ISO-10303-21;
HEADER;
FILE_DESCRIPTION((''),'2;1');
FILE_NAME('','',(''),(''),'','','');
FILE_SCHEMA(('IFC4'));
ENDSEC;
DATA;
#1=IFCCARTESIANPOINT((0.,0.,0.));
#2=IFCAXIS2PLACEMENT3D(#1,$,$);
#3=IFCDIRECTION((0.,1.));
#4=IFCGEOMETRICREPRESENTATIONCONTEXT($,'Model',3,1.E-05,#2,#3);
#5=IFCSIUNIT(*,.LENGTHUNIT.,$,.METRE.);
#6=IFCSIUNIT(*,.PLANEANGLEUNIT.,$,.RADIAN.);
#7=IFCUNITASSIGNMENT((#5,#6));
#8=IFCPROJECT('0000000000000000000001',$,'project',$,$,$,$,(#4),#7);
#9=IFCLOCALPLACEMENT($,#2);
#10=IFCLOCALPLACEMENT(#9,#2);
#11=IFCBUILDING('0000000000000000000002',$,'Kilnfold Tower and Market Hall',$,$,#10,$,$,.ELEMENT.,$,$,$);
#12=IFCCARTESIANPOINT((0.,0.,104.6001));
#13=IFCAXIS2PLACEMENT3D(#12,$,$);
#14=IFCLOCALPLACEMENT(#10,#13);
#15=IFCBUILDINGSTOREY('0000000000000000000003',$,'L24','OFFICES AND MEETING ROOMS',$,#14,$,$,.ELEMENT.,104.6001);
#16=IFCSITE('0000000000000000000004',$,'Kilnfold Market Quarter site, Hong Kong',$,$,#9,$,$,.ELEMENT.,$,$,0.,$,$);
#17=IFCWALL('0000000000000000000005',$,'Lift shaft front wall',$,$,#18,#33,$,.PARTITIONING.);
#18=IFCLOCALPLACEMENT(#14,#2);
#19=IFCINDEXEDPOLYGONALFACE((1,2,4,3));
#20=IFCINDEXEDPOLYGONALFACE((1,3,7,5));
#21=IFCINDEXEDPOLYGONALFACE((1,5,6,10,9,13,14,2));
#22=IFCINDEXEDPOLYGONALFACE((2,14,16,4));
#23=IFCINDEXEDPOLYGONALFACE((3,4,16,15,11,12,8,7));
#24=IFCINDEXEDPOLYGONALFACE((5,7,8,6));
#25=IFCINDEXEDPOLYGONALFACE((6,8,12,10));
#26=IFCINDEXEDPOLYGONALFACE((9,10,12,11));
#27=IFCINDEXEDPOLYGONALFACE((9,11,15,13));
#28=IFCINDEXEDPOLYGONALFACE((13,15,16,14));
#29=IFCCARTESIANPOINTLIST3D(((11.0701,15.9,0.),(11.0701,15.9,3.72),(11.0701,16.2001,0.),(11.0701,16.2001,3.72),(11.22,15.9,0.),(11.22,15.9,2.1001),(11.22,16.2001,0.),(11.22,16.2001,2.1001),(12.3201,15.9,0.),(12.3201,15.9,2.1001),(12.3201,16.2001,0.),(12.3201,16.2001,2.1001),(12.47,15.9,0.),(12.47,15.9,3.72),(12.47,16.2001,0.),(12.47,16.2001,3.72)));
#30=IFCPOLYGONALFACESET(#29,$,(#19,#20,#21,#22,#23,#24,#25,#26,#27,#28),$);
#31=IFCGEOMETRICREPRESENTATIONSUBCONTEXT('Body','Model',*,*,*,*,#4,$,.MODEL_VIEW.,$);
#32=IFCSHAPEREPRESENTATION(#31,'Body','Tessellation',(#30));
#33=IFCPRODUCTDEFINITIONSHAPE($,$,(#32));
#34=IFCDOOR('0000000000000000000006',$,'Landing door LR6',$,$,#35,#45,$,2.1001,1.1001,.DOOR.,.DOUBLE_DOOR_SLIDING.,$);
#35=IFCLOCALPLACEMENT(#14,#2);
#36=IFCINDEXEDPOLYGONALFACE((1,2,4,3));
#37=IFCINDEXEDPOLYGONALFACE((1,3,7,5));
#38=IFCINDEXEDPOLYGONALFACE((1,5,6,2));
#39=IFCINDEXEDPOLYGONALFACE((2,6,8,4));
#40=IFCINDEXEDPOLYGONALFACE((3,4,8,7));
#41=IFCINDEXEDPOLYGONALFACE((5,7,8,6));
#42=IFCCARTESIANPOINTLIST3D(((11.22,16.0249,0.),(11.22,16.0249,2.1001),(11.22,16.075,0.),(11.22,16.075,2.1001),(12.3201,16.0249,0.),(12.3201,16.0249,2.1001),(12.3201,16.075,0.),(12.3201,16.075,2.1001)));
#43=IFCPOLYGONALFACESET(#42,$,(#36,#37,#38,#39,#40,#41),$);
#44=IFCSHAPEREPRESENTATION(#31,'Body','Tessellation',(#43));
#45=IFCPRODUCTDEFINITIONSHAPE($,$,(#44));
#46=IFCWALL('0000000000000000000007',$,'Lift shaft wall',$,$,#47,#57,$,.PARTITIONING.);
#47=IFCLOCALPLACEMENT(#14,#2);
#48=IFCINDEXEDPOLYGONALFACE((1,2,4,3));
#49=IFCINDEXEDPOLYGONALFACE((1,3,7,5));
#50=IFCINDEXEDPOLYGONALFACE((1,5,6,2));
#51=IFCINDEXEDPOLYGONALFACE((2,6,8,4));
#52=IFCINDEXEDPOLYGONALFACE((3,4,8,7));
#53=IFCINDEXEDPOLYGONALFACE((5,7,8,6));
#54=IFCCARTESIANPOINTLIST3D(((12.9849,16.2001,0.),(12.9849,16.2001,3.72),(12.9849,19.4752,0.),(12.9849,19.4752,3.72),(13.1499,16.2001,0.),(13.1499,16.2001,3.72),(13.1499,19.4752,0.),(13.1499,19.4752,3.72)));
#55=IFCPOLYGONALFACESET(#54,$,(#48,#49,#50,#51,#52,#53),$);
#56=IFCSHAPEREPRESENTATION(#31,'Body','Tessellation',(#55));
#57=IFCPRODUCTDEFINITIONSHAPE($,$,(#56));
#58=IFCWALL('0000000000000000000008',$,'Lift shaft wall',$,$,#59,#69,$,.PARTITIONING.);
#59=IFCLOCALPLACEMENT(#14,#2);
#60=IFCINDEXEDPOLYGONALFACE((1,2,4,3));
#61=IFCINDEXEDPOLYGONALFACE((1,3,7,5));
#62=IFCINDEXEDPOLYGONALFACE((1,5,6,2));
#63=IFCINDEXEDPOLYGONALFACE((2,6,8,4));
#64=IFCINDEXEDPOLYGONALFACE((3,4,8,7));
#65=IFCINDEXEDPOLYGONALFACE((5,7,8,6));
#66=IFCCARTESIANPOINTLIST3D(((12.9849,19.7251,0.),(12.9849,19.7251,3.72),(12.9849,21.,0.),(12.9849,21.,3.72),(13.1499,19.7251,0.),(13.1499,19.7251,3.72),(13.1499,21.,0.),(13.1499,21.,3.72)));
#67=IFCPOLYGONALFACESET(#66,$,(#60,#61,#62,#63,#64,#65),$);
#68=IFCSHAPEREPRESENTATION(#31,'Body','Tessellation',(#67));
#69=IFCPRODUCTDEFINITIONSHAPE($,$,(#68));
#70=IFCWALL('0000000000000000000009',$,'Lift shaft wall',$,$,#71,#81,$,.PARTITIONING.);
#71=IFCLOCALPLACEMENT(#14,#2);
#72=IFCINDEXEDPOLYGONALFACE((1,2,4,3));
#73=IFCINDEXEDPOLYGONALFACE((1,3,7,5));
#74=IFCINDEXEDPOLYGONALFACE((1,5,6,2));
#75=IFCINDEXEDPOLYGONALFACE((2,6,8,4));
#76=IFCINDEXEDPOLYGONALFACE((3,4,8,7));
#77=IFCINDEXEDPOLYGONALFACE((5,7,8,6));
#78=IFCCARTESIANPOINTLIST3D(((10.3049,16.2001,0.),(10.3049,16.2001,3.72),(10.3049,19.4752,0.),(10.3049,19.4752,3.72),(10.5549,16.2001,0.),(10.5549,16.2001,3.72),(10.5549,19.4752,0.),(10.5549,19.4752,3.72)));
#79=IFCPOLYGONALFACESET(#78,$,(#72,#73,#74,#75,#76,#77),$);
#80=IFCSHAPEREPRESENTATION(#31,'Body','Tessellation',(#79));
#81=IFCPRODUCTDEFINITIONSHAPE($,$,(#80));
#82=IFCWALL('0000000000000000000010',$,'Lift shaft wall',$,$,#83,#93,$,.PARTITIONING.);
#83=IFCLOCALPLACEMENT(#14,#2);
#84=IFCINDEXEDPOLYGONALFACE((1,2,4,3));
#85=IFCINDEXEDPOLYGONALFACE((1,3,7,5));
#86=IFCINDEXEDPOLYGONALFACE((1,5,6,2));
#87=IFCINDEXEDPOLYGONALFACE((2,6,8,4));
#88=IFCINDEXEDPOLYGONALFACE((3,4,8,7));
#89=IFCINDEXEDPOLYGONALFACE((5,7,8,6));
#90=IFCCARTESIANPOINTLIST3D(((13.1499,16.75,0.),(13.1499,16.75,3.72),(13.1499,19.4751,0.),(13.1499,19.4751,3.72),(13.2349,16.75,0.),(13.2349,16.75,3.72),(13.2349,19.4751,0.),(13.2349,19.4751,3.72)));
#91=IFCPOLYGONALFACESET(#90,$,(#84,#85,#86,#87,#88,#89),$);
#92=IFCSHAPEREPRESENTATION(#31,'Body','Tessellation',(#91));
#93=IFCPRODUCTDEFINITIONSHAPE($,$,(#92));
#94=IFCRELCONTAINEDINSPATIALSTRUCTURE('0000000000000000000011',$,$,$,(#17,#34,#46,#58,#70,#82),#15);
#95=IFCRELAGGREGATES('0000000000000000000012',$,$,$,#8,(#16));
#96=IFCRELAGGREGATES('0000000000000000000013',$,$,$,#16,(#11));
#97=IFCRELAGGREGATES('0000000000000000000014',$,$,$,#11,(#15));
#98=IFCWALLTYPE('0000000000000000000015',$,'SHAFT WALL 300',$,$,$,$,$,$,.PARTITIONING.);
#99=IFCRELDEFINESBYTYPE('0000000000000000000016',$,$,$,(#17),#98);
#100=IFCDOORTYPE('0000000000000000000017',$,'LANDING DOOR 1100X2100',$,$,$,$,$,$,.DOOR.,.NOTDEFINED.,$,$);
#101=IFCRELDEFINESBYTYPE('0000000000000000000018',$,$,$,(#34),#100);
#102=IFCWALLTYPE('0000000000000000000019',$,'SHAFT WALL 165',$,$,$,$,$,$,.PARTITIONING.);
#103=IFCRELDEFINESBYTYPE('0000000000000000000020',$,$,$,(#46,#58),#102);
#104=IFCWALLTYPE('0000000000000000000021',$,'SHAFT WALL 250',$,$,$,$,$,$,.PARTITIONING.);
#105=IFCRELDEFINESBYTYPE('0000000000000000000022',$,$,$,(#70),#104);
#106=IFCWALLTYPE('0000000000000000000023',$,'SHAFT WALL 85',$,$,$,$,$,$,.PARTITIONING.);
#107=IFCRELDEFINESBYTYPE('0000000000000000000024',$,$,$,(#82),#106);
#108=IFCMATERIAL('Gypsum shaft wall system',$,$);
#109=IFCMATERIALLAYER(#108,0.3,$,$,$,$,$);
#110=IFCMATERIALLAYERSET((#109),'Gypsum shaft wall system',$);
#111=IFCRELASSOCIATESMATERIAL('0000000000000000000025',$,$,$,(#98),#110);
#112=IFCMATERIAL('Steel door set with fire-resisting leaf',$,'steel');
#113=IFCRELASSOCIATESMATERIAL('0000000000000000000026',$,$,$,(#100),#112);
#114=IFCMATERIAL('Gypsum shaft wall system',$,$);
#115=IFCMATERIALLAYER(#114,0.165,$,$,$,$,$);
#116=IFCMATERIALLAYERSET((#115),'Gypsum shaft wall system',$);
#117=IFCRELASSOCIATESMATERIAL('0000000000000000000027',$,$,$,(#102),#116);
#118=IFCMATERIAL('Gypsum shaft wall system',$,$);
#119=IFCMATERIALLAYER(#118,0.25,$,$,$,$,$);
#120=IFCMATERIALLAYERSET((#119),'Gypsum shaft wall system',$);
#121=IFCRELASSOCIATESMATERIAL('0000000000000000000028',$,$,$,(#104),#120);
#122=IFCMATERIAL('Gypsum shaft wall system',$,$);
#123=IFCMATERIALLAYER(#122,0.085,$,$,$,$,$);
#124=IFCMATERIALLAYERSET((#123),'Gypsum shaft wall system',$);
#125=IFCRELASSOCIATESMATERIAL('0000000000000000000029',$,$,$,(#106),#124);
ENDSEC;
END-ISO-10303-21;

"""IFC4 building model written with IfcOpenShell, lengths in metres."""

from ifc_helpers import new_model, si_unit, direction, frame, frame_2d, origin, place, context, subcontext, project, spatial, rectangle, extrude, source, transform, mapped, material, layer, layer_set, type_object, element, fill, save


model = new_model("IFC4")

# Units and contexts
model_context = context("Model", 3, precision=1e-05, world=origin(), true_north=direction((0.0, 1.0)))
body_context = subcontext(model_context, "Body", "Model", "MODEL_VIEW")
ifc_project = project(units=[si_unit("LENGTHUNIT", "METRE"), si_unit("PLANEANGLEUNIT", "RADIAN")], contexts=[model_context])

# Site, building, storey
site_placement = place(None, origin())
site = spatial("IfcSite", under=ifc_project, at=site_placement, Name="Kilnfold Market Quarter site, Hong Kong", CompositionType="ELEMENT", RefElevation=0.0)
building_placement = place(site_placement, origin())
building = spatial("IfcBuilding", under=site, at=building_placement, Name="Kilnfold Tower and Market Hall", CompositionType="ELEMENT")
storey_placement = place(building_placement, frame((0.0, 0.0, 104.6001)))
storey = spatial("IfcBuildingStorey", under=building, at=storey_placement, Name="L24", Description="OFFICES AND MEETING ROOMS", CompositionType="ELEMENT", Elevation=104.6001)

# Wall, opening, door
ifc_material_1 = material(Name="Gypsum shaft wall system")
ifc_layer_1 = layer(ifc_material_1, 0.3)
ifc_layer_set_1 = layer_set([ifc_layer_1], Name="Gypsum shaft wall system")
wall_type_1 = type_object("IfcWallType", Name="SHAFT WALL 300", PredefinedType="PARTITIONING", material=ifc_layer_set_1)
shared_shape_1 = source(origin(), body_context, "Body", "SweptSolid", [
    extrude(rectangle(XDim=1.3999, YDim=0.3, at=frame_2d((0.7, 0.0))), origin(), (0.0, 0.0, 1.0), 3.72),
])
wall_1_placement = place(storey_placement, frame((11.0701, 16.05, 0.0), z_axis=(0.0, 0.0, 1.0), x_axis=(1.0, 0.0, 0.0)))
wall_1 = element("IfcWall", 1, at=wall_1_placement, inside=storey, type_object=wall_type_1, Name="Lift shaft front wall", PredefinedType="PARTITIONING", context=body_context, shape_type="MappedRepresentation", body=[
    mapped(shared_shape_1, transform((0.0, 0.0, 0.0))),
])
opening_1_placement = place(wall_1_placement, frame((0.1499, 0.0, 0.0)))
opening_1 = element("IfcOpeningElement", 2, at=opening_1_placement, cuts=wall_1, PredefinedType="OPENING", context=body_context, shape_type="SweptSolid", body=[
    extrude(rectangle(XDim=1.1001, YDim=2.1001, at=frame_2d((0.55, 1.05))), frame((0.0, 0.1602, 0.0), z_axis=(0.0, -1.0, 0.0), x_axis=(1.0, 0.0, 0.0)), (0.0, 0.0, 1.0), 0.3201),
])
ifc_material_2 = material(Name="Steel door set with fire-resisting leaf", Category="steel")
door_type = type_object("IfcDoorType", Name="LANDING DOOR 1100X2100", OperationType="NOTDEFINED", PredefinedType="DOOR", material=ifc_material_2)
door_placement = place(opening_1_placement, origin())
door = element("IfcDoor", 3, at=door_placement, inside=storey, type_object=door_type, Name="Landing door LR6", OperationType="DOUBLE_DOOR_SLIDING", OverallHeight=2.1001, OverallWidth=1.1001, PredefinedType="DOOR", context=body_context, shape_type="SweptSolid", body=[
    extrude(rectangle(XDim=1.1001, YDim=2.1001, at=frame_2d((0.55, 1.05))), frame((0.0, 0.0249, 0.0), z_axis=(0.0, -1.0, 0.0), x_axis=(1.0, 0.0, 0.0)), (0.0, 0.0, 1.0), 0.05),
])
fill(opening_1, door)

# Walls
ifc_material_3 = material(Name="Gypsum shaft wall system")
ifc_layer_2 = layer(ifc_material_3, 0.165)
ifc_layer_set_2 = layer_set([ifc_layer_2], Name="Gypsum shaft wall system")
wall_type_2 = type_object("IfcWallType", Name="SHAFT WALL 165", PredefinedType="PARTITIONING", material=ifc_layer_set_2)
shared_shape_2 = source(origin(), body_context, "Body", "SweptSolid", [
    extrude(rectangle(XDim=3.2751, YDim=0.165, at=frame_2d((1.6377, 0.0))), origin(), (0.0, 0.0, 1.0), 3.72),
])
wall_2_placement = place(storey_placement, frame((13.0674, 16.2, 0.0), z_axis=(0.0, 0.0, 1.0), x_axis=(0.0, 1.0, 0.0)))
element("IfcWall", 4, at=wall_2_placement, inside=storey, type_object=wall_type_2, Name="Lift shaft wall", PredefinedType="PARTITIONING", context=body_context, shape_type="MappedRepresentation", body=[
    mapped(shared_shape_2, transform((0.0, 0.0, 0.0))),
])
shared_shape_3 = source(origin(), body_context, "Body", "SweptSolid", [
    extrude(rectangle(XDim=1.2749, YDim=0.165, at=frame_2d((0.6375, 0.0))), origin(), (0.0, 0.0, 1.0), 3.72),
])
wall_3_placement = place(storey_placement, frame((13.0674, 19.7251, 0.0), z_axis=(0.0, 0.0, 1.0), x_axis=(0.0, 1.0, 0.0)))
element("IfcWall", 5, at=wall_3_placement, inside=storey, type_object=wall_type_2, Name="Lift shaft wall", PredefinedType="PARTITIONING", context=body_context, shape_type="MappedRepresentation", body=[
    mapped(shared_shape_3, transform((0.0, 0.0, 0.0))),
])
ifc_material_4 = material(Name="Gypsum shaft wall system")
ifc_layer_3 = layer(ifc_material_4, 0.25)
ifc_layer_set_3 = layer_set([ifc_layer_3], Name="Gypsum shaft wall system")
wall_type_3 = type_object("IfcWallType", Name="SHAFT WALL 250", PredefinedType="PARTITIONING", material=ifc_layer_set_3)
shared_shape_4 = source(origin(), body_context, "Body", "SweptSolid", [
    extrude(rectangle(XDim=3.2751, YDim=0.25, at=frame_2d((1.6377, 0.0))), origin(), (0.0, 0.0, 1.0), 3.72),
])
wall_4_placement = place(storey_placement, frame((10.4299, 16.2, 0.0), z_axis=(0.0, 0.0, 1.0), x_axis=(0.0, 1.0, 0.0)))
element("IfcWall", 6, at=wall_4_placement, inside=storey, type_object=wall_type_3, Name="Lift shaft wall", PredefinedType="PARTITIONING", context=body_context, shape_type="MappedRepresentation", body=[
    mapped(shared_shape_4, transform((0.0, 0.0, 0.0))),
])
ifc_material_5 = material(Name="Gypsum shaft wall system")
ifc_layer_4 = layer(ifc_material_5, 0.085)
ifc_layer_set_4 = layer_set([ifc_layer_4], Name="Gypsum shaft wall system")
wall_type_4 = type_object("IfcWallType", Name="SHAFT WALL 85", PredefinedType="PARTITIONING", material=ifc_layer_set_4)
shared_shape_5 = source(origin(), body_context, "Body", "SweptSolid", [
    extrude(rectangle(XDim=2.7251, YDim=0.085, at=frame_2d((1.3625, 0.0))), origin(), (0.0, 0.0, 1.0), 3.72),
])
wall_5_placement = place(storey_placement, frame((13.1924, 16.75, 0.0), z_axis=(0.0, 0.0, 1.0), x_axis=(0.0, 1.0, 0.0)))
element("IfcWall", 7, at=wall_5_placement, inside=storey, type_object=wall_type_4, Name="Lift shaft wall", PredefinedType="PARTITIONING", context=body_context, shape_type="MappedRepresentation", body=[
    mapped(shared_shape_5, transform((0.0, 0.0, 0.0))),
])

save(model, "model.ifc")
